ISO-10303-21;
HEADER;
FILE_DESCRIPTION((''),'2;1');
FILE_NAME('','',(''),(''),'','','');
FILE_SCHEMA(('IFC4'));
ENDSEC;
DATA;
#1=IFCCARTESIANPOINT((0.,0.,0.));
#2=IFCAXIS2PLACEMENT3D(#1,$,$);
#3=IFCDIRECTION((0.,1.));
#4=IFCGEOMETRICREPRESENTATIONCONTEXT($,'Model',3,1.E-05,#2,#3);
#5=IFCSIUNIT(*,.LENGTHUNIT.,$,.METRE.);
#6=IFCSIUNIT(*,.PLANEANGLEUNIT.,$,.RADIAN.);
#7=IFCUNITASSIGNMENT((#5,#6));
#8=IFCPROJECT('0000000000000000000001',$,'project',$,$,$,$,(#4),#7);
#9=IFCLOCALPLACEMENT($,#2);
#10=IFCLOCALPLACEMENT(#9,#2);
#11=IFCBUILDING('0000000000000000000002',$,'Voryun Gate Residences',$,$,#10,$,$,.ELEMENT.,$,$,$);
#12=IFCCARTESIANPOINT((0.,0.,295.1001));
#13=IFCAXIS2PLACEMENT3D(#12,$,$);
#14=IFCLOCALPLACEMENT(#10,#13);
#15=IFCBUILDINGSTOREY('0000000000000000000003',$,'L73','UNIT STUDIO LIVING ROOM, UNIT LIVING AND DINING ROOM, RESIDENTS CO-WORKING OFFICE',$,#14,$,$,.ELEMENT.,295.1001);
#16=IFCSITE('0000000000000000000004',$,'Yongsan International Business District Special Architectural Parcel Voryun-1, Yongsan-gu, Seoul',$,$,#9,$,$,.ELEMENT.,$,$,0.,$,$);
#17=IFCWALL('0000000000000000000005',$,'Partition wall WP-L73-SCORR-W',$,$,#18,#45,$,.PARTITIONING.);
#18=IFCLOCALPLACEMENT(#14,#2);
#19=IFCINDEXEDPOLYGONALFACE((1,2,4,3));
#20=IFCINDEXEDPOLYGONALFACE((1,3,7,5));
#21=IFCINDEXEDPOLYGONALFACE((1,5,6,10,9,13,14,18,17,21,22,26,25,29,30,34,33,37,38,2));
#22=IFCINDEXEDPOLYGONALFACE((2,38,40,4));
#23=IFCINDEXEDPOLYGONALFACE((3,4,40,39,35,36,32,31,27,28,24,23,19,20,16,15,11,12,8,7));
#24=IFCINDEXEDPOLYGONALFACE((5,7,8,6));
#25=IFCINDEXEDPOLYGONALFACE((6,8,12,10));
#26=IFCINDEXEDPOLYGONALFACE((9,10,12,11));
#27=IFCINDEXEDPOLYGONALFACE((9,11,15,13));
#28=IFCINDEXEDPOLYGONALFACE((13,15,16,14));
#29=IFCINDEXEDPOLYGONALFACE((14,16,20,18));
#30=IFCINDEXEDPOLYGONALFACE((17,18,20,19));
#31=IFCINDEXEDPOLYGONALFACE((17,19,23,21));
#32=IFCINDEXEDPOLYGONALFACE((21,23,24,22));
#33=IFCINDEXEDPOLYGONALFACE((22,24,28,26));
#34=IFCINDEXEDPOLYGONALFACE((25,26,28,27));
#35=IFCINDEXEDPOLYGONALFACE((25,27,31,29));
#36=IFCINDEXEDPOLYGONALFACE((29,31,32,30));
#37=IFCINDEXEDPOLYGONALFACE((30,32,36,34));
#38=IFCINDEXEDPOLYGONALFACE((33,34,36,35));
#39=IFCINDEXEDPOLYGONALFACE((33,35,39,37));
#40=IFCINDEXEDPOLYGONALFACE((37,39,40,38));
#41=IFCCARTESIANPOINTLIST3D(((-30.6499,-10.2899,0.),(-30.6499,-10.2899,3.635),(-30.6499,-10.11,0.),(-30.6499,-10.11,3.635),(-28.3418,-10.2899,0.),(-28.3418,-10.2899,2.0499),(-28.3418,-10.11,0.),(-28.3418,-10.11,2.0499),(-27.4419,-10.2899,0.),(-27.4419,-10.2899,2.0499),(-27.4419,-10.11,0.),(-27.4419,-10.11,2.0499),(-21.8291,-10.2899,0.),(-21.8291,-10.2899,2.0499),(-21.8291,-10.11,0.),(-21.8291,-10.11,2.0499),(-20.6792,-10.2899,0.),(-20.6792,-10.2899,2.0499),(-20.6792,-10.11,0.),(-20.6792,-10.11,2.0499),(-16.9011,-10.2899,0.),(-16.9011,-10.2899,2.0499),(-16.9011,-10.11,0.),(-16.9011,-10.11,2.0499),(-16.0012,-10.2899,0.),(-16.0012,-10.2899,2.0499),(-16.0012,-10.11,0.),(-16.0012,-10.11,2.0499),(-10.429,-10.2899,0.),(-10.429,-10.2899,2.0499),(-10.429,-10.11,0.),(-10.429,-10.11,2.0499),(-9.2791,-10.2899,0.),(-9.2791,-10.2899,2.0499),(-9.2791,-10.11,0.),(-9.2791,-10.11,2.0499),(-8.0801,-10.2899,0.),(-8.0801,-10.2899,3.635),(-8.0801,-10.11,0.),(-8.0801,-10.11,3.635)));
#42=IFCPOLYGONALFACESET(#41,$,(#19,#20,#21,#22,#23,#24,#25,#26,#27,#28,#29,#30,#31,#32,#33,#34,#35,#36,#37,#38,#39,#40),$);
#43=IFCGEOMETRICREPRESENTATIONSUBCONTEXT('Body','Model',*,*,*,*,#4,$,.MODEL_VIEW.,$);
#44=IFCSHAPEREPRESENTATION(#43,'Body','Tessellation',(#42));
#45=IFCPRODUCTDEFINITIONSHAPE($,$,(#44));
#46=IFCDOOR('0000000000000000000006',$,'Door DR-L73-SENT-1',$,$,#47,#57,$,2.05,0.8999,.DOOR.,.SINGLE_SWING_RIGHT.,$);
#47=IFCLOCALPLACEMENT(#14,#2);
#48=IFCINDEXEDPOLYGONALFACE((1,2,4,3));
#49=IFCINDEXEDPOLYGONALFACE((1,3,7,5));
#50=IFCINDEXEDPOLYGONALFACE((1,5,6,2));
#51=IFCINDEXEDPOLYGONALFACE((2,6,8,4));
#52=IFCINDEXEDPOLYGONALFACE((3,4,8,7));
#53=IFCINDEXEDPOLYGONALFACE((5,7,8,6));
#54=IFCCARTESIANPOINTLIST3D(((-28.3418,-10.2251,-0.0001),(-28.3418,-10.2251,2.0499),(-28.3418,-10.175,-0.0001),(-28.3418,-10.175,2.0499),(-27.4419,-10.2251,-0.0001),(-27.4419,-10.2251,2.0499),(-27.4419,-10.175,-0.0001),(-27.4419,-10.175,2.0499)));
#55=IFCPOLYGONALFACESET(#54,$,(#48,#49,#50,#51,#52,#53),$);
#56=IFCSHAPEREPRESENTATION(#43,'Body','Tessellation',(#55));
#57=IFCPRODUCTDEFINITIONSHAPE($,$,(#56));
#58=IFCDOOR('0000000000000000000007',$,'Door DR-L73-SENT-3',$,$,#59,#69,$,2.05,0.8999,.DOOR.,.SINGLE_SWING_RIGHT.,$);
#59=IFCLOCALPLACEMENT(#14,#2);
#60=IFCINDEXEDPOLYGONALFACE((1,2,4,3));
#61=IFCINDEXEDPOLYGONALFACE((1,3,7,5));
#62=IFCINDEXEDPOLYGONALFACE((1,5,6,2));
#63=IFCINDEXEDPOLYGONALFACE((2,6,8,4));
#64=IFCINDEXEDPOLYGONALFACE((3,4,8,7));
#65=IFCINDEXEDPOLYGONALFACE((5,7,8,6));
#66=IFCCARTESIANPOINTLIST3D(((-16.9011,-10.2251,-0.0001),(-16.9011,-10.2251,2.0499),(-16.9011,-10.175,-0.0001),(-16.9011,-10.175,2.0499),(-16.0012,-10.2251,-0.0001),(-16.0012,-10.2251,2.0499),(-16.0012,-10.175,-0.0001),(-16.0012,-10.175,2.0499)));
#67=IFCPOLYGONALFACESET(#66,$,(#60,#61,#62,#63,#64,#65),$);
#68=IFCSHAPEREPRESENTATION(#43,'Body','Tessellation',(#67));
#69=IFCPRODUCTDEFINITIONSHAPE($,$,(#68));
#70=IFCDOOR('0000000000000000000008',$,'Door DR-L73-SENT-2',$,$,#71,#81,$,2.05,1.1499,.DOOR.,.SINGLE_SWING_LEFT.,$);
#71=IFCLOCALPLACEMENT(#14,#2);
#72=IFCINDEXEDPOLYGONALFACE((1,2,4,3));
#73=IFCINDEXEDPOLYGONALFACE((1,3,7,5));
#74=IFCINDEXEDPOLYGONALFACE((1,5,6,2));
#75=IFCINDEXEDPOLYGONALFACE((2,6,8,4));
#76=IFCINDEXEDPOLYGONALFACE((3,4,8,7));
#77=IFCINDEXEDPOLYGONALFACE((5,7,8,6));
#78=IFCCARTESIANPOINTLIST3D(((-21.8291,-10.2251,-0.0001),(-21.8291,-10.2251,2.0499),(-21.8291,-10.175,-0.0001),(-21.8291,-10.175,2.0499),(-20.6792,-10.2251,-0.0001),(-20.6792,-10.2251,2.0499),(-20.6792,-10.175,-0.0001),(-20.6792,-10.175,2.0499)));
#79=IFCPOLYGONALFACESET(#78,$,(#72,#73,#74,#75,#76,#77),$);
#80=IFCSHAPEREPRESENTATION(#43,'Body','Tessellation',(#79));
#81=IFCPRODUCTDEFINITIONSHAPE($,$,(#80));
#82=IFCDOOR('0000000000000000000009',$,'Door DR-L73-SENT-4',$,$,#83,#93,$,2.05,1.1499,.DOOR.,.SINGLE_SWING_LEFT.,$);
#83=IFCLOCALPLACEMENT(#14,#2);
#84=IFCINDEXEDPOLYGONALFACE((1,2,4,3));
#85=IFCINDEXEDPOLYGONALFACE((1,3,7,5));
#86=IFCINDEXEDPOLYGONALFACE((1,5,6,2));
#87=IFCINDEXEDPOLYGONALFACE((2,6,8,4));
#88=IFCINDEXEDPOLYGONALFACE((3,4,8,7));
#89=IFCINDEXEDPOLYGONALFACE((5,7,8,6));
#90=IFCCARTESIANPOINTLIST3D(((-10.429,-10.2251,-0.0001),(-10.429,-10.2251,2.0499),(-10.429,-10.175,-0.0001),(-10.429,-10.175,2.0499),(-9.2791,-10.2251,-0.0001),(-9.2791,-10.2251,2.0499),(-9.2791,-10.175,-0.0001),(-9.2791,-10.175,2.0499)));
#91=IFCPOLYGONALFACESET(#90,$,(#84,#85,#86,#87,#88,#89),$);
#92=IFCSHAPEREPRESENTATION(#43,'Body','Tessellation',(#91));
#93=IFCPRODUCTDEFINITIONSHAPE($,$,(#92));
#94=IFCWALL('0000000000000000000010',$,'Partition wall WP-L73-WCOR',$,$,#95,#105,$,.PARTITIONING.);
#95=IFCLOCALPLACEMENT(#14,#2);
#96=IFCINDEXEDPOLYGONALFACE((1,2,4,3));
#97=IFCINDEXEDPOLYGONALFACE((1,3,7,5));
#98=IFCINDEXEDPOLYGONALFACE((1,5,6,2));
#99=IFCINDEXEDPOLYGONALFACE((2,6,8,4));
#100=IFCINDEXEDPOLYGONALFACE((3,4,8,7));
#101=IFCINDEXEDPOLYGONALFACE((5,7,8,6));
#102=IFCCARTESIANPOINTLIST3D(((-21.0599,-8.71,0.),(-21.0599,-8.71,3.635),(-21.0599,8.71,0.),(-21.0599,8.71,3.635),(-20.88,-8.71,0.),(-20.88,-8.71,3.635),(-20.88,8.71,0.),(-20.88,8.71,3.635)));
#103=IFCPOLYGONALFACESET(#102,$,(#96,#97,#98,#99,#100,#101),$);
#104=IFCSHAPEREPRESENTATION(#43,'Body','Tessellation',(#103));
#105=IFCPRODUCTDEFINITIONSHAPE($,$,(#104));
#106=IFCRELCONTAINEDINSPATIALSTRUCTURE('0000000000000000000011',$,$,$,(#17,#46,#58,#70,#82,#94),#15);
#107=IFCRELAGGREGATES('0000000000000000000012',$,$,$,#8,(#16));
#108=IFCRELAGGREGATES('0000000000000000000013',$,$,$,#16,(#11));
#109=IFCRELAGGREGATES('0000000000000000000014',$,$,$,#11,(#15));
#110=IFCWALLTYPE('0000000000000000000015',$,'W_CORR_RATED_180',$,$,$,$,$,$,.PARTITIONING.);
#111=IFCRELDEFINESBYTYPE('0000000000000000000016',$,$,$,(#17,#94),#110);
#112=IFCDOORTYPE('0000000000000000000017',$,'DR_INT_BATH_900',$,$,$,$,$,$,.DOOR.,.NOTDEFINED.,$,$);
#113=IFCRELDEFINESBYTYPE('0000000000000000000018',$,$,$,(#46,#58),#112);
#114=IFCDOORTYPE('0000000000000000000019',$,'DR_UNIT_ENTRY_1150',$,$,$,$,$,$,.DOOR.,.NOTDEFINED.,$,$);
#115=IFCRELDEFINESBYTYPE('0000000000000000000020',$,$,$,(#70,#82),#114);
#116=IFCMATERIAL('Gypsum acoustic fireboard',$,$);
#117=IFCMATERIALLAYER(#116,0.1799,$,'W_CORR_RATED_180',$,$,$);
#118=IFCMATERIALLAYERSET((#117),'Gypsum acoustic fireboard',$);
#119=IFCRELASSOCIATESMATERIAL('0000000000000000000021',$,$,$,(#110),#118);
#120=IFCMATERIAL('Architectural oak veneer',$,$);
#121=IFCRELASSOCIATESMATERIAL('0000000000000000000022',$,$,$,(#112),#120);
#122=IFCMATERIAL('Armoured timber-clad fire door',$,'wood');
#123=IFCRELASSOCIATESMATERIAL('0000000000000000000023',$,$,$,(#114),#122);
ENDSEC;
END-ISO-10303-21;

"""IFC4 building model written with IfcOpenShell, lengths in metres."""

from ifc_helpers import new_model, si_unit, direction, frame, frame_2d, origin, place, context, subcontext, project, spatial, rectangle, extrude, material, layer, layer_set, type_object, element, fill, save


model = new_model("IFC4")

# Units and contexts
model_context = context("Model", 3, precision=1e-05, world=origin(), true_north=direction((0.0, 1.0)))
body_context = subcontext(model_context, "Body", "Model", "MODEL_VIEW")
ifc_project = project(units=[si_unit("LENGTHUNIT", "METRE"), si_unit("PLANEANGLEUNIT", "RADIAN")], contexts=[model_context])

# Site, building, storey
site_placement = place(None, origin())
site = spatial("IfcSite", under=ifc_project, at=site_placement, Name="Yongsan International Business District Special Architectural Parcel Voryun-1, Yongsan-gu, Seoul", CompositionType="ELEMENT", RefElevation=0.0)
building_placement = place(site_placement, origin())
building = spatial("IfcBuilding", under=site, at=building_placement, Name="Voryun Gate Residences", CompositionType="ELEMENT")
storey_placement = place(building_placement, frame((0.0, 0.0, 295.1001)))
storey = spatial("IfcBuildingStorey", under=building, at=storey_placement, Name="L73", Description="UNIT STUDIO LIVING ROOM, UNIT LIVING AND DINING ROOM, RESIDENTS CO-WORKING OFFICE", CompositionType="ELEMENT", Elevation=295.1001)

# Shared definitions
ifc_material_1 = material(Name="Gypsum acoustic fireboard")
ifc_layer_1 = layer(ifc_material_1, 0.1799, Name="W_CORR_RATED_180")
ifc_layer_set_1 = layer_set([ifc_layer_1], Name="Gypsum acoustic fireboard")
wall_type_1 = type_object("IfcWallType", Name="W_CORR_RATED_180", PredefinedType="PARTITIONING", material=ifc_layer_set_1)

# Wall, openings, doors
wall_1_placement = place(storey_placement, frame((-30.6499, -10.2, 0.0), z_axis=(0.0, 0.0, 1.0), x_axis=(1.0, 0.0, 0.0)))
wall_1 = element("IfcWall", 1, at=wall_1_placement, inside=storey, type_object=wall_type_1, Name="Partition wall WP-L73-SCORR-W", PredefinedType="PARTITIONING", context=body_context, shape_type="SweptSolid", body=[
    extrude(rectangle(XDim=22.5698, YDim=0.1799, at=frame_2d((11.2849, 0.0))), origin(), (0.0, 0.0, 1.0), 3.635),
])
opening_1_placement = place(wall_1_placement, frame((2.3081, 0.0, 0.0)))
opening_1 = element("IfcOpeningElement", 2, at=opening_1_placement, cuts=wall_1, PredefinedType="OPENING", context=body_context, shape_type="SweptSolid", body=[
    extrude(rectangle(XDim=0.8999, YDim=2.05, at=frame_2d((0.45, 1.0249))), frame((0.0, 0.0999, 0.0), z_axis=(0.0, -1.0, 0.0), x_axis=(1.0, 0.0, 0.0)), (0.0, 0.0, 1.0), 0.2),
])
opening_2_placement = place(wall_1_placement, frame((8.8208, 0.0, 0.0)))
opening_2 = element("IfcOpeningElement", 3, at=opening_2_placement, cuts=wall_1, PredefinedType="OPENING", context=body_context, shape_type="SweptSolid", body=[
    extrude(rectangle(XDim=1.1499, YDim=2.05, at=frame_2d((0.575, 1.0249))), frame((0.0, 0.0999, 0.0), z_axis=(0.0, -1.0, 0.0), x_axis=(1.0, 0.0, 0.0)), (0.0, 0.0, 1.0), 0.2),
])
opening_3_placement = place(wall_1_placement, frame((13.7488, 0.0, 0.0)))
opening_3 = element("IfcOpeningElement", 4, at=opening_3_placement, cuts=wall_1, PredefinedType="OPENING", context=body_context, shape_type="SweptSolid", body=[
    extrude(rectangle(XDim=0.8999, YDim=2.05, at=frame_2d((0.45, 1.0249))), frame((0.0, 0.0999, 0.0), z_axis=(0.0, -1.0, 0.0), x_axis=(1.0, 0.0, 0.0)), (0.0, 0.0, 1.0), 0.2),
])
opening_4_placement = place(wall_1_placement, frame((20.2209, 0.0, 0.0)))
opening_4 = element("IfcOpeningElement", 5, at=opening_4_placement, cuts=wall_1, PredefinedType="OPENING", context=body_context, shape_type="SweptSolid", body=[
    extrude(rectangle(XDim=1.1499, YDim=2.05, at=frame_2d((0.575, 1.0249))), frame((0.0, 0.0999, 0.0), z_axis=(0.0, -1.0, 0.0), x_axis=(1.0, 0.0, 0.0)), (0.0, 0.0, 1.0), 0.2),
])
ifc_material_2 = material(Name="Architectural oak veneer")
door_type_1 = type_object("IfcDoorType", Name="DR_INT_BATH_900", OperationType="NOTDEFINED", PredefinedType="DOOR", material=ifc_material_2)
door_1_placement = place(opening_1_placement, origin())
door_1 = element("IfcDoor", 6, at=door_1_placement, inside=storey, type_object=door_type_1, Name="Door DR-L73-SENT-1", OperationType="SINGLE_SWING_RIGHT", OverallHeight=2.05, OverallWidth=0.8999, PredefinedType="DOOR", context=body_context, shape_type="SweptSolid", body=[
    extrude(rectangle(XDim=0.8999, YDim=2.05, at=frame_2d((0.45, 1.0249))), frame((0.0, 0.0249, 0.0), z_axis=(0.0, -1.0, 0.0), x_axis=(1.0, 0.0, 0.0)), (0.0, 0.0, 1.0), 0.05),
])
fill(opening_1, door_1)
door_2_placement = place(opening_3_placement, origin())
door_2 = element("IfcDoor", 7, at=door_2_placement, inside=storey, type_object=door_type_1, Name="Door DR-L73-SENT-3", OperationType="SINGLE_SWING_RIGHT", OverallHeight=2.05, OverallWidth=0.8999, PredefinedType="DOOR", context=body_context, shape_type="SweptSolid", body=[
    extrude(rectangle(XDim=0.8999, YDim=2.05, at=frame_2d((0.45, 1.0249))), frame((0.0, 0.0249, 0.0), z_axis=(0.0, -1.0, 0.0), x_axis=(1.0, 0.0, 0.0)), (0.0, 0.0, 1.0), 0.05),
])
fill(opening_3, door_2)
ifc_material_3 = material(Name="Armoured timber-clad fire door", Category="wood")
door_type_2 = type_object("IfcDoorType", Name="DR_UNIT_ENTRY_1150", OperationType="NOTDEFINED", PredefinedType="DOOR", material=ifc_material_3)
door_3_placement = place(opening_2_placement, origin())
door_3 = element("IfcDoor", 8, at=door_3_placement, inside=storey, type_object=door_type_2, Name="Door DR-L73-SENT-2", OperationType="SINGLE_SWING_LEFT", OverallHeight=2.05, OverallWidth=1.1499, PredefinedType="DOOR", context=body_context, shape_type="SweptSolid", body=[
    extrude(rectangle(XDim=1.1499, YDim=2.05, at=frame_2d((0.575, 1.0249))), frame((0.0, 0.0249, 0.0), z_axis=(0.0, -1.0, 0.0), x_axis=(1.0, 0.0, 0.0)), (0.0, 0.0, 1.0), 0.05),
])
fill(opening_2, door_3)
door_4_placement = place(opening_4_placement, origin())
door_4 = element("IfcDoor", 9, at=door_4_placement, inside=storey, type_object=door_type_2, Name="Door DR-L73-SENT-4", OperationType="SINGLE_SWING_LEFT", OverallHeight=2.05, OverallWidth=1.1499, PredefinedType="DOOR", context=body_context, shape_type="SweptSolid", body=[
    extrude(rectangle(XDim=1.1499, YDim=2.05, at=frame_2d((0.575, 1.0249))), frame((0.0, 0.0249, 0.0), z_axis=(0.0, -1.0, 0.0), x_axis=(1.0, 0.0, 0.0)), (0.0, 0.0, 1.0), 0.05),
])
fill(opening_4, door_4)

# Wall
wall_2_placement = place(storey_placement, frame((-20.97, -8.71, 0.0), z_axis=(0.0, 0.0, 1.0), x_axis=(0.0, 1.0, 0.0)))
element("IfcWall", 10, at=wall_2_placement, inside=storey, type_object=wall_type_1, Name="Partition wall WP-L73-WCOR", PredefinedType="PARTITIONING", context=body_context, shape_type="SweptSolid", body=[
    extrude(rectangle(XDim=17.4199, YDim=0.1799, at=frame_2d((8.71, 0.0))), origin(), (0.0, 0.0, 1.0), 3.635),
])

save(model, "model.ifc")
